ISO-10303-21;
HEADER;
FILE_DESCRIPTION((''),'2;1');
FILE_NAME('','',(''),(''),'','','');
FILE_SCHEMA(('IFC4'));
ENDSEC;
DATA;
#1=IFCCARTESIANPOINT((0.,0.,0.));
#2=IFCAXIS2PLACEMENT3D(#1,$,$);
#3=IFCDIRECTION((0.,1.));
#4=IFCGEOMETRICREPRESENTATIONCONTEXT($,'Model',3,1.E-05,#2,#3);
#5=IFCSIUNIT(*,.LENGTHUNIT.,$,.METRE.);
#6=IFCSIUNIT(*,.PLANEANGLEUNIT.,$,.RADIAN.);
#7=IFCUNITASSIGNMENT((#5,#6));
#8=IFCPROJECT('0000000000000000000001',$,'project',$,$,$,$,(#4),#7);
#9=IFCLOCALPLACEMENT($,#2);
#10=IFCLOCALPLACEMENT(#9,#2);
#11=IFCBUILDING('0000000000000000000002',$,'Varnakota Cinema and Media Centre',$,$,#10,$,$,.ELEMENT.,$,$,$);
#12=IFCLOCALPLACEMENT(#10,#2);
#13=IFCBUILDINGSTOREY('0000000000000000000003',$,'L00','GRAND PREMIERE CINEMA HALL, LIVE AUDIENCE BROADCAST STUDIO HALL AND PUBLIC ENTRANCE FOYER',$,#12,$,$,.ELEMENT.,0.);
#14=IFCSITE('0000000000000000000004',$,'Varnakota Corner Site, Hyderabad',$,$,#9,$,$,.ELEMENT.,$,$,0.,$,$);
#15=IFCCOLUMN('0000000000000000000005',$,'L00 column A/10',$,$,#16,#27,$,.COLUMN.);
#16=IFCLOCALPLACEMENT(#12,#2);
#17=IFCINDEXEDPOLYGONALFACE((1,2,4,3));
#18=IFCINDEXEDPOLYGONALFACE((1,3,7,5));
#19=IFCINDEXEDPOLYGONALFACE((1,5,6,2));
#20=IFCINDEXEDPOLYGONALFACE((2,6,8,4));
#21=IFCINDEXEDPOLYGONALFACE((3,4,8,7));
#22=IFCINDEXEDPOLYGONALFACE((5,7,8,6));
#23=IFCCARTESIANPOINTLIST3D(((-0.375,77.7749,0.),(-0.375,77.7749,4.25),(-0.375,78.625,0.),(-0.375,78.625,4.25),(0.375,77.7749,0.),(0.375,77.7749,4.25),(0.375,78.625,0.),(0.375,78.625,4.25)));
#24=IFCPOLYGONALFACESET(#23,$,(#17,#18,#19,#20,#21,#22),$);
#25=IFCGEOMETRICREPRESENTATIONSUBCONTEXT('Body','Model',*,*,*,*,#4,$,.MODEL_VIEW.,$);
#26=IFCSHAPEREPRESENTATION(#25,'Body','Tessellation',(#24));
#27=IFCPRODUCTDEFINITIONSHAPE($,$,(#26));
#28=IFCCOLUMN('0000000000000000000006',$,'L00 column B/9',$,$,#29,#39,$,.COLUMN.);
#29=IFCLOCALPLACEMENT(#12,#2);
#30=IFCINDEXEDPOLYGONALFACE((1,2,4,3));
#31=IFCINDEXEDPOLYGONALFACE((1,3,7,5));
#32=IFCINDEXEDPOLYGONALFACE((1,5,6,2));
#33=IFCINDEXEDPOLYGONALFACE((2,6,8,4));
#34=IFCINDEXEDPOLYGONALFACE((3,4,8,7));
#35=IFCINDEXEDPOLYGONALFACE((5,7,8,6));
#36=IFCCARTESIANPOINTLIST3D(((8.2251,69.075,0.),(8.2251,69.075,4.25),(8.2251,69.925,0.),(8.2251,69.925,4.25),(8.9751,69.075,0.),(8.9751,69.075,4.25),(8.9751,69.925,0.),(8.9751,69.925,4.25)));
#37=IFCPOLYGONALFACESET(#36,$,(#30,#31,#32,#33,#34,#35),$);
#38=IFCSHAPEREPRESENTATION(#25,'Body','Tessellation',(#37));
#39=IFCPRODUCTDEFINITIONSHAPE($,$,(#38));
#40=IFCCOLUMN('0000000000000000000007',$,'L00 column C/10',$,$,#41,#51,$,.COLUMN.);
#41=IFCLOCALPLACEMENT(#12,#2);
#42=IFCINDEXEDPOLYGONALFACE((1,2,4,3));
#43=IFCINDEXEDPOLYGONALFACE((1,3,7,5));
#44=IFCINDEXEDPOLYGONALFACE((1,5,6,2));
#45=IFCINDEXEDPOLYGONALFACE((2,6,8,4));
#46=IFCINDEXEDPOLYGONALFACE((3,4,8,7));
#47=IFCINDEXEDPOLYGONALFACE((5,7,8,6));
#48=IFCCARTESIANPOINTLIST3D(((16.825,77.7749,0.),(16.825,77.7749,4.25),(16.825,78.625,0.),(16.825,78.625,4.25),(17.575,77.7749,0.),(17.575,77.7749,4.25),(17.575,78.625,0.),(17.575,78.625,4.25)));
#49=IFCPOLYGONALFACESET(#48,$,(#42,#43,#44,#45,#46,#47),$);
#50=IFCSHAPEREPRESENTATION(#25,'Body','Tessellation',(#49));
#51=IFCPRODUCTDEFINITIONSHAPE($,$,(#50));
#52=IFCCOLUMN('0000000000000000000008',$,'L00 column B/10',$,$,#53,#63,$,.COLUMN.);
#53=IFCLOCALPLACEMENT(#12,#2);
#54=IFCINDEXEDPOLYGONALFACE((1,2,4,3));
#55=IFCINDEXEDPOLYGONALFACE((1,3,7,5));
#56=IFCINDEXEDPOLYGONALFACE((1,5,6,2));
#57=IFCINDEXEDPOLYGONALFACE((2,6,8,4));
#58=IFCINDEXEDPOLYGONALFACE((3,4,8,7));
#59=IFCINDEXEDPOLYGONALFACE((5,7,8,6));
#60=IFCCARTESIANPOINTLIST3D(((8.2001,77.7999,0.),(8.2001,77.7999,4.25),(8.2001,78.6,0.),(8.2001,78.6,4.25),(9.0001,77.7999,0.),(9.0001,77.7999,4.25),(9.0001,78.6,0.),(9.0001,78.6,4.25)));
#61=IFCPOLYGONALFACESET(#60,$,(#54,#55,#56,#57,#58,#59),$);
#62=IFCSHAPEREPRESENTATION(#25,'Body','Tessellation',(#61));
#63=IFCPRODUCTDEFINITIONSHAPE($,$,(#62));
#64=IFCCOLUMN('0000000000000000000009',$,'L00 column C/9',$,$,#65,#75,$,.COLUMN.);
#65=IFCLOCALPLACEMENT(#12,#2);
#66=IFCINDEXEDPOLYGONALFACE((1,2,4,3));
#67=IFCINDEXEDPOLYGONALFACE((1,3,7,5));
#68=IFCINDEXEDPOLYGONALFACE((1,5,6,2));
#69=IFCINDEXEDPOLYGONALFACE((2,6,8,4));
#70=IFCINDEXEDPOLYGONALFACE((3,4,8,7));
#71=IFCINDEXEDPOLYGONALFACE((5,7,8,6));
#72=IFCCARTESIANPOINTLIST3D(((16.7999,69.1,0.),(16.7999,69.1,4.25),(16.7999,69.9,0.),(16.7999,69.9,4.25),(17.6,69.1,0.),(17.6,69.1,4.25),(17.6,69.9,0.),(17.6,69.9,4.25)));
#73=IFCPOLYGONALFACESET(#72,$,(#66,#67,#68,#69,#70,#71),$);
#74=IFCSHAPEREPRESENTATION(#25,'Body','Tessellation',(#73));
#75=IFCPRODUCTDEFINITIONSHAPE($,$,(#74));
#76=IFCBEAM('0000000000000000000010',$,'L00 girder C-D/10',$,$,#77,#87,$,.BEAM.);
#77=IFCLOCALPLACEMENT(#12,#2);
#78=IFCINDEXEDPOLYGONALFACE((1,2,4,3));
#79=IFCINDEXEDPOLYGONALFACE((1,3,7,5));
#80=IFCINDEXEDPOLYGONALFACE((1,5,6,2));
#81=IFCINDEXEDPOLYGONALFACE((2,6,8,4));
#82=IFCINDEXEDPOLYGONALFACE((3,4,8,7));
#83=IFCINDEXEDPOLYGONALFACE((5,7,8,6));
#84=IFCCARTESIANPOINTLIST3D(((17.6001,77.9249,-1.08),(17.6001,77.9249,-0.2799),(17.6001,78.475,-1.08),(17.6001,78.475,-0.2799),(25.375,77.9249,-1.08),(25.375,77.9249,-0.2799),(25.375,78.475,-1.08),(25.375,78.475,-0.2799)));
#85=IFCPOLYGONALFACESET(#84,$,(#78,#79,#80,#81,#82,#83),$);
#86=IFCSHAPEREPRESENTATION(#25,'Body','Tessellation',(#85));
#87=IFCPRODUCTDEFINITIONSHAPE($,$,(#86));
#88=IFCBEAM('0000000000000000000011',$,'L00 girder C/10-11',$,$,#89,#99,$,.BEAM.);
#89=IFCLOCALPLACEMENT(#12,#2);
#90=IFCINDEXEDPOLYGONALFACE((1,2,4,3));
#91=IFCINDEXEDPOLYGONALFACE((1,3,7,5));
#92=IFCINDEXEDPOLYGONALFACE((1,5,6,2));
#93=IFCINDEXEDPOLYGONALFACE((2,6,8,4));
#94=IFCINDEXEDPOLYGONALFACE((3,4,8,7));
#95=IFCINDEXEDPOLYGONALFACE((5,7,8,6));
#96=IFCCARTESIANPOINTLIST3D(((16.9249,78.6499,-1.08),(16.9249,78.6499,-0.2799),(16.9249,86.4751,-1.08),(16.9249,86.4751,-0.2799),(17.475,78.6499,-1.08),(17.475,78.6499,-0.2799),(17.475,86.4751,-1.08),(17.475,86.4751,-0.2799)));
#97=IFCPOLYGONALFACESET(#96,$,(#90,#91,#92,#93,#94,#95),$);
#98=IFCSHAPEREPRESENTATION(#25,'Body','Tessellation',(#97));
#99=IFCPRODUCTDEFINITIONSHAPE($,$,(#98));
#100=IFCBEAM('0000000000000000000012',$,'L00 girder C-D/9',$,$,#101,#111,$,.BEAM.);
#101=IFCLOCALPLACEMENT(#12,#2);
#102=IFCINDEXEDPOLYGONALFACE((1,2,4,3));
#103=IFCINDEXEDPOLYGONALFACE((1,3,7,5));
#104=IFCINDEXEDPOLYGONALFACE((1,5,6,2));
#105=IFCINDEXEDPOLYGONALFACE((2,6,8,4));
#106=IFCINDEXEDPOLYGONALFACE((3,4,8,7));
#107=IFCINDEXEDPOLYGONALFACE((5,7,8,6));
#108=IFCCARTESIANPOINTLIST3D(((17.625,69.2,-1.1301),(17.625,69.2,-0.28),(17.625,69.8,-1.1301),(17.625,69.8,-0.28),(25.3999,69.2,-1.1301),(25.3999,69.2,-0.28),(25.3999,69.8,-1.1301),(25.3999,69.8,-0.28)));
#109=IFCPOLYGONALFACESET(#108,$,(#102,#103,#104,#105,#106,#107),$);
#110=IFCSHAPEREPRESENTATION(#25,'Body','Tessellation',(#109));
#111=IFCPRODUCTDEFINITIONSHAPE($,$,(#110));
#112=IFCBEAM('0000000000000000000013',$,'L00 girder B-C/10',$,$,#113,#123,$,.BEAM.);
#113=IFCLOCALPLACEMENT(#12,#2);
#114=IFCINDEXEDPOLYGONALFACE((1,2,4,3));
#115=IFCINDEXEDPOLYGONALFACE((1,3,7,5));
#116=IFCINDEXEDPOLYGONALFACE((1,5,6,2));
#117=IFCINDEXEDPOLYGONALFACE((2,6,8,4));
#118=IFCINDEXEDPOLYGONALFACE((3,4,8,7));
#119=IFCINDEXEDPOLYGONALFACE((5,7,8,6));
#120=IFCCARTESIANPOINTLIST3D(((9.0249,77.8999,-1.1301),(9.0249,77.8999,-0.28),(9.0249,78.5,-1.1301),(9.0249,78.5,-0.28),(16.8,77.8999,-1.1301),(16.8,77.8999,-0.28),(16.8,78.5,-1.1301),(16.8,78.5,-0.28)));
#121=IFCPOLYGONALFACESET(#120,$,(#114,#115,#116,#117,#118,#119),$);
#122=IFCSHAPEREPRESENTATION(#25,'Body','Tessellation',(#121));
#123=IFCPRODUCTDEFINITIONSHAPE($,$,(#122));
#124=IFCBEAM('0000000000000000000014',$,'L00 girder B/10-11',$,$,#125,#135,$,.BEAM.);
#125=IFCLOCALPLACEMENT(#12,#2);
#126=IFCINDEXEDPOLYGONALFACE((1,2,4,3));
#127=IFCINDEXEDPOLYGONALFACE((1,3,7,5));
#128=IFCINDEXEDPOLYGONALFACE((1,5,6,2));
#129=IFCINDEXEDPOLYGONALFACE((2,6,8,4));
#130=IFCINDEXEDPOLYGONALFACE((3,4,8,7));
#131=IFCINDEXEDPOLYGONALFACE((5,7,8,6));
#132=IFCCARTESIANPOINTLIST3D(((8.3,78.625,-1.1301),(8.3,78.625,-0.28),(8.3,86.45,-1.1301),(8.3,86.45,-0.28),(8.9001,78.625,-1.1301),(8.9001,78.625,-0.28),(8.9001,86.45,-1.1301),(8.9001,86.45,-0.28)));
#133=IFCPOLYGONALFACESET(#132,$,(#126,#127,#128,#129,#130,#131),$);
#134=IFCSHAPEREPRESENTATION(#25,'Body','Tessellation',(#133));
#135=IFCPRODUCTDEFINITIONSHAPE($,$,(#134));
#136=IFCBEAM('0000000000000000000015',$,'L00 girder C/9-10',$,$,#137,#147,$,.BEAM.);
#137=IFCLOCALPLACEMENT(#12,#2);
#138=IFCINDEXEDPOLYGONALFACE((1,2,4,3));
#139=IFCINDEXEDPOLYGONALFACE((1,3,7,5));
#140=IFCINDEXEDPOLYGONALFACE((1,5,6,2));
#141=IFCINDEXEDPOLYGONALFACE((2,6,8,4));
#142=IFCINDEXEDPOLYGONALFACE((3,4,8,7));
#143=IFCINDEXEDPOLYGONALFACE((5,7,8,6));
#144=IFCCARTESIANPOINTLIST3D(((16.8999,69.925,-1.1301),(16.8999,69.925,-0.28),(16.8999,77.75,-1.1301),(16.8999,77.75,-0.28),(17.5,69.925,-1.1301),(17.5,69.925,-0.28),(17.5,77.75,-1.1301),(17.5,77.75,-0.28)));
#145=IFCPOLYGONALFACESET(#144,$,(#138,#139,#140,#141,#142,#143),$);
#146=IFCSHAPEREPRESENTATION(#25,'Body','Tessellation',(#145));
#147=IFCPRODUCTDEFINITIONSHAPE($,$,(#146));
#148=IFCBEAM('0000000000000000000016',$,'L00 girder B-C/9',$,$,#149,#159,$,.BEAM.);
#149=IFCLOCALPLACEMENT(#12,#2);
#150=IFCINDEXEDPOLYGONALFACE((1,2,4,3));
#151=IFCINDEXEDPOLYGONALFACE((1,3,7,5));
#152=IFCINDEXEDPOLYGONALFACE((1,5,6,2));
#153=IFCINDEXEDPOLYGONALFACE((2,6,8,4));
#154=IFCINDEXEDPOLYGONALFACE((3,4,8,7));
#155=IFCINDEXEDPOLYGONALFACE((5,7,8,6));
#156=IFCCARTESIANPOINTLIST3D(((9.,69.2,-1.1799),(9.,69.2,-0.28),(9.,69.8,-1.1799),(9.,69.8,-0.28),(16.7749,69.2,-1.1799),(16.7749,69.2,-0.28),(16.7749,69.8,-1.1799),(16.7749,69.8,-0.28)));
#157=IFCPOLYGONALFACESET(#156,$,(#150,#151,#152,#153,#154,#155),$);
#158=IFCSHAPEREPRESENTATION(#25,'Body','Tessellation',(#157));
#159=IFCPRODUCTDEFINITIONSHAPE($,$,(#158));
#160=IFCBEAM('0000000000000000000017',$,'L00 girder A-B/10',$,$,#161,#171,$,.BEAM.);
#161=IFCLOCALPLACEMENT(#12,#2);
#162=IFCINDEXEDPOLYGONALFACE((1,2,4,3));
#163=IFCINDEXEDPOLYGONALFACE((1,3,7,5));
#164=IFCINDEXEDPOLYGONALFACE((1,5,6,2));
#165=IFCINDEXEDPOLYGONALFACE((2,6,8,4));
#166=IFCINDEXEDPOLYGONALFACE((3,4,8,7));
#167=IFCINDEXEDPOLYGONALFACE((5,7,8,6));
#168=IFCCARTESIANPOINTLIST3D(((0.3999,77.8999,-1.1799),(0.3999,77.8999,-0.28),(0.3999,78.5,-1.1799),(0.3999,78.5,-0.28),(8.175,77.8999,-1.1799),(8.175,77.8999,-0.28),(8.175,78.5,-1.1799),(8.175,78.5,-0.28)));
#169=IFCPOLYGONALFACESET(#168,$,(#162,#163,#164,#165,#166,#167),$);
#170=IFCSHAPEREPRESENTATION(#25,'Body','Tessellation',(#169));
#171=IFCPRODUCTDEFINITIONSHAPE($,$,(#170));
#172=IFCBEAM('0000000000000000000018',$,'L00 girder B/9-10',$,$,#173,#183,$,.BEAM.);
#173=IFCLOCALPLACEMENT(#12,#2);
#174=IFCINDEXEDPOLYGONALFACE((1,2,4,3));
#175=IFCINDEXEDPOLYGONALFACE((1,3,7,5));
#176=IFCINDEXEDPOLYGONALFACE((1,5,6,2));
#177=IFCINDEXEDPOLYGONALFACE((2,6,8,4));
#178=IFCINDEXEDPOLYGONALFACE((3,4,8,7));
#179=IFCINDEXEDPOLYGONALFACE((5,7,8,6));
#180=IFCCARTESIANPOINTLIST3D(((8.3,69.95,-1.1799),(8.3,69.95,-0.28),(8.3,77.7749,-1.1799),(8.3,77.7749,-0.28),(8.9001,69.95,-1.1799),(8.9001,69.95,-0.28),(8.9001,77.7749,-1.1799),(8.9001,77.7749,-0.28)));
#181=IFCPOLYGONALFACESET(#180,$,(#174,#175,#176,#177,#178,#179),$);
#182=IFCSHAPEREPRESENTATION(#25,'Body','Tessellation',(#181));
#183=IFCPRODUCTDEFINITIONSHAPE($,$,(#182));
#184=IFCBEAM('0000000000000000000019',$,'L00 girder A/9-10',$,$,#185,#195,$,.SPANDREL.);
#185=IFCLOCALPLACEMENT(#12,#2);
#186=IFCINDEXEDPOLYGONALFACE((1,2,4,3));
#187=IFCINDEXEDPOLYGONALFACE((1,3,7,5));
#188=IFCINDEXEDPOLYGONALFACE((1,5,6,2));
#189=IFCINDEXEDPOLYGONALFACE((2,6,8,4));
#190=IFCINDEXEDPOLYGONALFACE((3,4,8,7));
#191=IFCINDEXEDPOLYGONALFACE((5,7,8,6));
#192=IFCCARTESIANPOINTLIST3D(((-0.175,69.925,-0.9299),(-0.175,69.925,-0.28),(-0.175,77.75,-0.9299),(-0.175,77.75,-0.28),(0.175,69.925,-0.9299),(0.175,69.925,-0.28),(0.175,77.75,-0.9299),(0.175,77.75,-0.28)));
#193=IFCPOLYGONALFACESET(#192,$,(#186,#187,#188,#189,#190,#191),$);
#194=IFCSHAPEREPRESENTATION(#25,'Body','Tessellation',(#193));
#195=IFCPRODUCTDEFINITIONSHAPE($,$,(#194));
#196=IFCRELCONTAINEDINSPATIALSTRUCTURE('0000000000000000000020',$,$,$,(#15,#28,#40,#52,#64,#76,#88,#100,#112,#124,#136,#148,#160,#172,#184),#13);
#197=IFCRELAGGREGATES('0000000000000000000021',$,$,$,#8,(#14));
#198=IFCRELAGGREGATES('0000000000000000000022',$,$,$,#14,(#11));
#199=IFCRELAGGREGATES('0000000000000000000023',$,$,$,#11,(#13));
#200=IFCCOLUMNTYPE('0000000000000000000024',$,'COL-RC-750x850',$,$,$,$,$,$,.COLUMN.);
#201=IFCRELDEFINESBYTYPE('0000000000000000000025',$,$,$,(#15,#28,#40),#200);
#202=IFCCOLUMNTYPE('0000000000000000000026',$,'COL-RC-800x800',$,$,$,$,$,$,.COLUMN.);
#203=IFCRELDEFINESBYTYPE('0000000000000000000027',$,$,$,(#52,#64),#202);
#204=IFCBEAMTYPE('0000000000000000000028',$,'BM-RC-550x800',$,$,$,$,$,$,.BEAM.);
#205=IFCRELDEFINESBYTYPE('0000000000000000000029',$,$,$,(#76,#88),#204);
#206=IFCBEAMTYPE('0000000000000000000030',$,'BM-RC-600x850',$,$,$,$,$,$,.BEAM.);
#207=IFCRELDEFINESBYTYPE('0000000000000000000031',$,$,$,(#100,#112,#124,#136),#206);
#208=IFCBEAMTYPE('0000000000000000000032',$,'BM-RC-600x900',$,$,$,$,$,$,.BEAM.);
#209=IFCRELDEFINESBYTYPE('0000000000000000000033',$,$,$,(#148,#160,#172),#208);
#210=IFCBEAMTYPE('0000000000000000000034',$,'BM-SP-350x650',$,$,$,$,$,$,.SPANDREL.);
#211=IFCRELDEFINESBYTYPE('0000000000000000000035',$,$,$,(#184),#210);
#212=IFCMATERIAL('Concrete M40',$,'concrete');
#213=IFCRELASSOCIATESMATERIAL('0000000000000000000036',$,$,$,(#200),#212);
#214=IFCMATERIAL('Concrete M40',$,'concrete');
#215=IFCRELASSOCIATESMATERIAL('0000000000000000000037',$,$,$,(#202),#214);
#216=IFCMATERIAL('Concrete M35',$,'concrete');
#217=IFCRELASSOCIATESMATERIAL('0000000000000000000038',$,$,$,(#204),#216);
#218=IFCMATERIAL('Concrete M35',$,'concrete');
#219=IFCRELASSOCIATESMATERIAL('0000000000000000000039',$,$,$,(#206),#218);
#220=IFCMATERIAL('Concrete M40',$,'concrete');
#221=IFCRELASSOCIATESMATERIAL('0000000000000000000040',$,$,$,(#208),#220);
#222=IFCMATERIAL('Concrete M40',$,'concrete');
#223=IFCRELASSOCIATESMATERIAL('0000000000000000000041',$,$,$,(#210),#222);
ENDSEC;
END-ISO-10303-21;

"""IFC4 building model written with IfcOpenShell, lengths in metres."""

from ifc_helpers import new_model, si_unit, direction, frame, origin, origin_2d, place, context, subcontext, project, spatial, rectangle, extrude, material, material_profile, profile_set, type_object, element, save


model = new_model("IFC4")

# Units and contexts
model_context = context("Model", 3, precision=1e-05, world=origin(), true_north=direction((0.0, 1.0)))
body_context = subcontext(model_context, "Body", "Model", "MODEL_VIEW")
ifc_project = project(units=[si_unit("LENGTHUNIT", "METRE"), si_unit("PLANEANGLEUNIT", "RADIAN")], contexts=[model_context])

# Site, building, storey
site_placement = place(None, origin())
site = spatial("IfcSite", under=ifc_project, at=site_placement, Name="Varnakota Corner Site, Hyderabad", CompositionType="ELEMENT", RefElevation=0.0)
building_placement = place(site_placement, origin())
building = spatial("IfcBuilding", under=site, at=building_placement, Name="Varnakota Cinema and Media Centre", CompositionType="ELEMENT")
storey_placement = place(building_placement, origin())
storey = spatial("IfcBuildingStorey", under=building, at=storey_placement, Name="L00", Description="GRAND PREMIERE CINEMA HALL, LIVE AUDIENCE BROADCAST STUDIO HALL AND PUBLIC ENTRANCE FOYER", CompositionType="ELEMENT", Elevation=0.0)

# Columns
ifc_material_1 = material(Name="Concrete M40", Category="concrete")
ifc_material_profile_1 = material_profile(ifc_material_1, rectangle(XDim=0.75, YDim=0.8501, at=origin_2d()), Name="RC 750x850")
ifc_profile_set_1 = profile_set([ifc_material_profile_1], Name="Concrete M40")
column_type_1 = type_object("IfcColumnType", Name="COL-RC-750x850", PredefinedType="COLUMN", material=ifc_profile_set_1)
for number, where, z_axis, x_axis, name in (
    (1, (0.0, 78.2, 0.0), (0.0, 0.0, 1.0), (1.0, 0.0, 0.0), "L00 column A/10"),
    (2, (8.6001, 69.5, 0.0), (0.0, 0.0, 1.0), (1.0, 0.0, 0.0), "L00 column B/9"),
    (3, (17.2, 78.2, 0.0), (0.0, 0.0, 1.0), (1.0, 0.0, 0.0), "L00 column C/10"),
):
    element("IfcColumn", number, at=place(storey_placement, frame(where, z_axis=z_axis, x_axis=x_axis)), inside=storey, type_object=column_type_1, Name=name, PredefinedType="COLUMN", context=body_context, shape_type="SweptSolid", body=[
        extrude(rectangle(XDim=0.75, YDim=0.8501, at=origin_2d()), origin(), (0.0, 0.0, 1.0), 4.25),
    ])
ifc_material_2 = material(Name="Concrete M40", Category="concrete")
ifc_material_profile_2 = material_profile(ifc_material_2, rectangle(XDim=0.8, YDim=0.8, at=origin_2d()), Name="RC 800x800")
ifc_profile_set_2 = profile_set([ifc_material_profile_2], Name="Concrete M40")
column_type_2 = type_object("IfcColumnType", Name="COL-RC-800x800", PredefinedType="COLUMN", material=ifc_profile_set_2)
for number, where, z_axis, x_axis, name in (
    (4, (8.6001, 78.2, 0.0), (0.0, 0.0, 1.0), (1.0, 0.0, 0.0), "L00 column B/10"),
    (5, (17.2, 69.5, 0.0), (0.0, 0.0, 1.0), (1.0, 0.0, 0.0), "L00 column C/9"),
):
    element("IfcColumn", number, at=place(storey_placement, frame(where, z_axis=z_axis, x_axis=x_axis)), inside=storey, type_object=column_type_2, Name=name, PredefinedType="COLUMN", context=body_context, shape_type="SweptSolid", body=[
        extrude(rectangle(XDim=0.8, YDim=0.8, at=origin_2d()), origin(), (0.0, 0.0, 1.0), 4.25),
    ])

# Beams
ifc_material_3 = material(Name="Concrete M35", Category="concrete")
ifc_material_profile_3 = material_profile(ifc_material_3, rectangle(XDim=0.55, YDim=0.8, at=origin_2d()), Name="RCB 550x800")
ifc_profile_set_3 = profile_set([ifc_material_profile_3], Name="Concrete M35")
beam_type_1 = type_object("IfcBeamType", Name="BM-RC-550x800", PredefinedType="BEAM", material=ifc_profile_set_3)
beam_1_placement = place(storey_placement, frame((17.6001, 78.2, -0.6799), z_axis=(1.0, 0.0, 0.0), x_axis=(0.0, 1.0, 0.0)))
element("IfcBeam", 6, at=beam_1_placement, inside=storey, type_object=beam_type_1, Name="L00 girder C-D/10", PredefinedType="BEAM", context=body_context, shape_type="SweptSolid", body=[
    extrude(rectangle(XDim=0.55, YDim=0.8, at=origin_2d()), origin(), (0.0, 0.0, 1.0), 7.7749),
])
beam_2_placement = place(storey_placement, frame((17.2, 78.6499, -0.6799), z_axis=(0.0, 1.0, 0.0), x_axis=(-1.0, 0.0, 0.0)))
element("IfcBeam", 7, at=beam_2_placement, inside=storey, type_object=beam_type_1, Name="L00 girder C/10-11", PredefinedType="BEAM", context=body_context, shape_type="SweptSolid", body=[
    extrude(rectangle(XDim=0.55, YDim=0.8, at=origin_2d()), origin(), (0.0, 0.0, 1.0), 7.8252),
])
ifc_material_4 = material(Name="Concrete M35", Category="concrete")
ifc_material_profile_4 = material_profile(ifc_material_4, rectangle(XDim=0.6001, YDim=0.8501, at=origin_2d()), Name="RCB 600x850")
ifc_profile_set_4 = profile_set([ifc_material_profile_4], Name="Concrete M35")
beam_type_2 = type_object("IfcBeamType", Name="BM-RC-600x850", PredefinedType="BEAM", material=ifc_profile_set_4)
beam_3_placement = place(storey_placement, frame((17.625, 69.5, -0.7051), z_axis=(1.0, 0.0, 0.0), x_axis=(0.0, 1.0, 0.0)))
element("IfcBeam", 8, at=beam_3_placement, inside=storey, type_object=beam_type_2, Name="L00 girder C-D/9", PredefinedType="BEAM", context=body_context, shape_type="SweptSolid", body=[
    extrude(rectangle(XDim=0.6001, YDim=0.8501, at=origin_2d()), origin(), (0.0, 0.0, 1.0), 7.7749),
])
beam_4_placement = place(storey_placement, frame((9.0249, 78.2, -0.7051), z_axis=(1.0, 0.0, 0.0), x_axis=(0.0, 1.0, 0.0)))
element("IfcBeam", 9, at=beam_4_placement, inside=storey, type_object=beam_type_2, Name="L00 girder B-C/10", PredefinedType="BEAM", context=body_context, shape_type="SweptSolid", body=[
    extrude(rectangle(XDim=0.6001, YDim=0.8501, at=origin_2d()), origin(), (0.0, 0.0, 1.0), 7.7751),
])
for number, where, z_axis, x_axis, name in (
    (10, (8.6001, 78.625, -0.7051), (0.0, 1.0, 0.0), (-1.0, 0.0, 0.0), "L00 girder B/10-11"),
    (11, (17.2, 69.925, -0.7051), (0.0, 1.0, 0.0), (-1.0, 0.0, 0.0), "L00 girder C/9-10"),
):
    element("IfcBeam", number, at=place(storey_placement, frame(where, z_axis=z_axis, x_axis=x_axis)), inside=storey, type_object=beam_type_2, Name=name, PredefinedType="BEAM", context=body_context, shape_type="SweptSolid", body=[
        extrude(rectangle(XDim=0.6001, YDim=0.8501, at=origin_2d()), origin(), (0.0, 0.0, 1.0), 7.825),
    ])
ifc_material_5 = material(Name="Concrete M40", Category="concrete")
ifc_material_profile_5 = material_profile(ifc_material_5, rectangle(XDim=0.6001, YDim=0.8999, at=origin_2d()), Name="RCB 600x900")
ifc_profile_set_5 = profile_set([ifc_material_profile_5], Name="Concrete M40")
beam_type_3 = type_object("IfcBeamType", Name="BM-RC-600x900", PredefinedType="BEAM", material=ifc_profile_set_5)
beam_5_placement = place(storey_placement, frame((9.0, 69.5, -0.73), z_axis=(1.0, 0.0, 0.0), x_axis=(0.0, 1.0, 0.0)))
element("IfcBeam", 12, at=beam_5_placement, inside=storey, type_object=beam_type_3, Name="L00 girder B-C/9", PredefinedType="BEAM", context=body_context, shape_type="SweptSolid", body=[
    extrude(rectangle(XDim=0.6001, YDim=0.8999, at=origin_2d()), origin(), (0.0, 0.0, 1.0), 7.7749),
])
beam_6_placement = place(storey_placement, frame((0.3999, 78.2, -0.73), z_axis=(1.0, 0.0, 0.0), x_axis=(0.0, 1.0, 0.0)))
element("IfcBeam", 13, at=beam_6_placement, inside=storey, type_object=beam_type_3, Name="L00 girder A-B/10", PredefinedType="BEAM", context=body_context, shape_type="SweptSolid", body=[
    extrude(rectangle(XDim=0.6001, YDim=0.8999, at=origin_2d()), origin(), (0.0, 0.0, 1.0), 7.7751),
])
beam_7_placement = place(storey_placement, frame((8.6001, 69.95, -0.73), z_axis=(0.0, 1.0, 0.0), x_axis=(-1.0, 0.0, 0.0)))
element("IfcBeam", 14, at=beam_7_placement, inside=storey, type_object=beam_type_3, Name="L00 girder B/9-10", PredefinedType="BEAM", context=body_context, shape_type="SweptSolid", body=[
    extrude(rectangle(XDim=0.6001, YDim=0.8999, at=origin_2d()), origin(), (0.0, 0.0, 1.0), 7.825),
])
ifc_material_6 = material(Name="Concrete M40", Category="concrete")
ifc_material_profile_6 = material_profile(ifc_material_6, rectangle(XDim=0.3501, YDim=0.6499, at=origin_2d()), Name="RCB 350x650")
ifc_profile_set_6 = profile_set([ifc_material_profile_6], Name="Concrete M40")
beam_type_4 = type_object("IfcBeamType", Name="BM-SP-350x650", PredefinedType="SPANDREL", material=ifc_profile_set_6)
beam_8_placement = place(storey_placement, frame((0.0, 69.925, -0.605), z_axis=(0.0, 1.0, 0.0), x_axis=(-1.0, 0.0, 0.0)))
element("IfcBeam", 15, at=beam_8_placement, inside=storey, type_object=beam_type_4, Name="L00 girder A/9-10", PredefinedType="SPANDREL", context=body_context, shape_type="SweptSolid", body=[
    extrude(rectangle(XDim=0.3501, YDim=0.6499, at=origin_2d()), origin(), (0.0, 0.0, 1.0), 7.825),
])

save(model, "model.ifc")
